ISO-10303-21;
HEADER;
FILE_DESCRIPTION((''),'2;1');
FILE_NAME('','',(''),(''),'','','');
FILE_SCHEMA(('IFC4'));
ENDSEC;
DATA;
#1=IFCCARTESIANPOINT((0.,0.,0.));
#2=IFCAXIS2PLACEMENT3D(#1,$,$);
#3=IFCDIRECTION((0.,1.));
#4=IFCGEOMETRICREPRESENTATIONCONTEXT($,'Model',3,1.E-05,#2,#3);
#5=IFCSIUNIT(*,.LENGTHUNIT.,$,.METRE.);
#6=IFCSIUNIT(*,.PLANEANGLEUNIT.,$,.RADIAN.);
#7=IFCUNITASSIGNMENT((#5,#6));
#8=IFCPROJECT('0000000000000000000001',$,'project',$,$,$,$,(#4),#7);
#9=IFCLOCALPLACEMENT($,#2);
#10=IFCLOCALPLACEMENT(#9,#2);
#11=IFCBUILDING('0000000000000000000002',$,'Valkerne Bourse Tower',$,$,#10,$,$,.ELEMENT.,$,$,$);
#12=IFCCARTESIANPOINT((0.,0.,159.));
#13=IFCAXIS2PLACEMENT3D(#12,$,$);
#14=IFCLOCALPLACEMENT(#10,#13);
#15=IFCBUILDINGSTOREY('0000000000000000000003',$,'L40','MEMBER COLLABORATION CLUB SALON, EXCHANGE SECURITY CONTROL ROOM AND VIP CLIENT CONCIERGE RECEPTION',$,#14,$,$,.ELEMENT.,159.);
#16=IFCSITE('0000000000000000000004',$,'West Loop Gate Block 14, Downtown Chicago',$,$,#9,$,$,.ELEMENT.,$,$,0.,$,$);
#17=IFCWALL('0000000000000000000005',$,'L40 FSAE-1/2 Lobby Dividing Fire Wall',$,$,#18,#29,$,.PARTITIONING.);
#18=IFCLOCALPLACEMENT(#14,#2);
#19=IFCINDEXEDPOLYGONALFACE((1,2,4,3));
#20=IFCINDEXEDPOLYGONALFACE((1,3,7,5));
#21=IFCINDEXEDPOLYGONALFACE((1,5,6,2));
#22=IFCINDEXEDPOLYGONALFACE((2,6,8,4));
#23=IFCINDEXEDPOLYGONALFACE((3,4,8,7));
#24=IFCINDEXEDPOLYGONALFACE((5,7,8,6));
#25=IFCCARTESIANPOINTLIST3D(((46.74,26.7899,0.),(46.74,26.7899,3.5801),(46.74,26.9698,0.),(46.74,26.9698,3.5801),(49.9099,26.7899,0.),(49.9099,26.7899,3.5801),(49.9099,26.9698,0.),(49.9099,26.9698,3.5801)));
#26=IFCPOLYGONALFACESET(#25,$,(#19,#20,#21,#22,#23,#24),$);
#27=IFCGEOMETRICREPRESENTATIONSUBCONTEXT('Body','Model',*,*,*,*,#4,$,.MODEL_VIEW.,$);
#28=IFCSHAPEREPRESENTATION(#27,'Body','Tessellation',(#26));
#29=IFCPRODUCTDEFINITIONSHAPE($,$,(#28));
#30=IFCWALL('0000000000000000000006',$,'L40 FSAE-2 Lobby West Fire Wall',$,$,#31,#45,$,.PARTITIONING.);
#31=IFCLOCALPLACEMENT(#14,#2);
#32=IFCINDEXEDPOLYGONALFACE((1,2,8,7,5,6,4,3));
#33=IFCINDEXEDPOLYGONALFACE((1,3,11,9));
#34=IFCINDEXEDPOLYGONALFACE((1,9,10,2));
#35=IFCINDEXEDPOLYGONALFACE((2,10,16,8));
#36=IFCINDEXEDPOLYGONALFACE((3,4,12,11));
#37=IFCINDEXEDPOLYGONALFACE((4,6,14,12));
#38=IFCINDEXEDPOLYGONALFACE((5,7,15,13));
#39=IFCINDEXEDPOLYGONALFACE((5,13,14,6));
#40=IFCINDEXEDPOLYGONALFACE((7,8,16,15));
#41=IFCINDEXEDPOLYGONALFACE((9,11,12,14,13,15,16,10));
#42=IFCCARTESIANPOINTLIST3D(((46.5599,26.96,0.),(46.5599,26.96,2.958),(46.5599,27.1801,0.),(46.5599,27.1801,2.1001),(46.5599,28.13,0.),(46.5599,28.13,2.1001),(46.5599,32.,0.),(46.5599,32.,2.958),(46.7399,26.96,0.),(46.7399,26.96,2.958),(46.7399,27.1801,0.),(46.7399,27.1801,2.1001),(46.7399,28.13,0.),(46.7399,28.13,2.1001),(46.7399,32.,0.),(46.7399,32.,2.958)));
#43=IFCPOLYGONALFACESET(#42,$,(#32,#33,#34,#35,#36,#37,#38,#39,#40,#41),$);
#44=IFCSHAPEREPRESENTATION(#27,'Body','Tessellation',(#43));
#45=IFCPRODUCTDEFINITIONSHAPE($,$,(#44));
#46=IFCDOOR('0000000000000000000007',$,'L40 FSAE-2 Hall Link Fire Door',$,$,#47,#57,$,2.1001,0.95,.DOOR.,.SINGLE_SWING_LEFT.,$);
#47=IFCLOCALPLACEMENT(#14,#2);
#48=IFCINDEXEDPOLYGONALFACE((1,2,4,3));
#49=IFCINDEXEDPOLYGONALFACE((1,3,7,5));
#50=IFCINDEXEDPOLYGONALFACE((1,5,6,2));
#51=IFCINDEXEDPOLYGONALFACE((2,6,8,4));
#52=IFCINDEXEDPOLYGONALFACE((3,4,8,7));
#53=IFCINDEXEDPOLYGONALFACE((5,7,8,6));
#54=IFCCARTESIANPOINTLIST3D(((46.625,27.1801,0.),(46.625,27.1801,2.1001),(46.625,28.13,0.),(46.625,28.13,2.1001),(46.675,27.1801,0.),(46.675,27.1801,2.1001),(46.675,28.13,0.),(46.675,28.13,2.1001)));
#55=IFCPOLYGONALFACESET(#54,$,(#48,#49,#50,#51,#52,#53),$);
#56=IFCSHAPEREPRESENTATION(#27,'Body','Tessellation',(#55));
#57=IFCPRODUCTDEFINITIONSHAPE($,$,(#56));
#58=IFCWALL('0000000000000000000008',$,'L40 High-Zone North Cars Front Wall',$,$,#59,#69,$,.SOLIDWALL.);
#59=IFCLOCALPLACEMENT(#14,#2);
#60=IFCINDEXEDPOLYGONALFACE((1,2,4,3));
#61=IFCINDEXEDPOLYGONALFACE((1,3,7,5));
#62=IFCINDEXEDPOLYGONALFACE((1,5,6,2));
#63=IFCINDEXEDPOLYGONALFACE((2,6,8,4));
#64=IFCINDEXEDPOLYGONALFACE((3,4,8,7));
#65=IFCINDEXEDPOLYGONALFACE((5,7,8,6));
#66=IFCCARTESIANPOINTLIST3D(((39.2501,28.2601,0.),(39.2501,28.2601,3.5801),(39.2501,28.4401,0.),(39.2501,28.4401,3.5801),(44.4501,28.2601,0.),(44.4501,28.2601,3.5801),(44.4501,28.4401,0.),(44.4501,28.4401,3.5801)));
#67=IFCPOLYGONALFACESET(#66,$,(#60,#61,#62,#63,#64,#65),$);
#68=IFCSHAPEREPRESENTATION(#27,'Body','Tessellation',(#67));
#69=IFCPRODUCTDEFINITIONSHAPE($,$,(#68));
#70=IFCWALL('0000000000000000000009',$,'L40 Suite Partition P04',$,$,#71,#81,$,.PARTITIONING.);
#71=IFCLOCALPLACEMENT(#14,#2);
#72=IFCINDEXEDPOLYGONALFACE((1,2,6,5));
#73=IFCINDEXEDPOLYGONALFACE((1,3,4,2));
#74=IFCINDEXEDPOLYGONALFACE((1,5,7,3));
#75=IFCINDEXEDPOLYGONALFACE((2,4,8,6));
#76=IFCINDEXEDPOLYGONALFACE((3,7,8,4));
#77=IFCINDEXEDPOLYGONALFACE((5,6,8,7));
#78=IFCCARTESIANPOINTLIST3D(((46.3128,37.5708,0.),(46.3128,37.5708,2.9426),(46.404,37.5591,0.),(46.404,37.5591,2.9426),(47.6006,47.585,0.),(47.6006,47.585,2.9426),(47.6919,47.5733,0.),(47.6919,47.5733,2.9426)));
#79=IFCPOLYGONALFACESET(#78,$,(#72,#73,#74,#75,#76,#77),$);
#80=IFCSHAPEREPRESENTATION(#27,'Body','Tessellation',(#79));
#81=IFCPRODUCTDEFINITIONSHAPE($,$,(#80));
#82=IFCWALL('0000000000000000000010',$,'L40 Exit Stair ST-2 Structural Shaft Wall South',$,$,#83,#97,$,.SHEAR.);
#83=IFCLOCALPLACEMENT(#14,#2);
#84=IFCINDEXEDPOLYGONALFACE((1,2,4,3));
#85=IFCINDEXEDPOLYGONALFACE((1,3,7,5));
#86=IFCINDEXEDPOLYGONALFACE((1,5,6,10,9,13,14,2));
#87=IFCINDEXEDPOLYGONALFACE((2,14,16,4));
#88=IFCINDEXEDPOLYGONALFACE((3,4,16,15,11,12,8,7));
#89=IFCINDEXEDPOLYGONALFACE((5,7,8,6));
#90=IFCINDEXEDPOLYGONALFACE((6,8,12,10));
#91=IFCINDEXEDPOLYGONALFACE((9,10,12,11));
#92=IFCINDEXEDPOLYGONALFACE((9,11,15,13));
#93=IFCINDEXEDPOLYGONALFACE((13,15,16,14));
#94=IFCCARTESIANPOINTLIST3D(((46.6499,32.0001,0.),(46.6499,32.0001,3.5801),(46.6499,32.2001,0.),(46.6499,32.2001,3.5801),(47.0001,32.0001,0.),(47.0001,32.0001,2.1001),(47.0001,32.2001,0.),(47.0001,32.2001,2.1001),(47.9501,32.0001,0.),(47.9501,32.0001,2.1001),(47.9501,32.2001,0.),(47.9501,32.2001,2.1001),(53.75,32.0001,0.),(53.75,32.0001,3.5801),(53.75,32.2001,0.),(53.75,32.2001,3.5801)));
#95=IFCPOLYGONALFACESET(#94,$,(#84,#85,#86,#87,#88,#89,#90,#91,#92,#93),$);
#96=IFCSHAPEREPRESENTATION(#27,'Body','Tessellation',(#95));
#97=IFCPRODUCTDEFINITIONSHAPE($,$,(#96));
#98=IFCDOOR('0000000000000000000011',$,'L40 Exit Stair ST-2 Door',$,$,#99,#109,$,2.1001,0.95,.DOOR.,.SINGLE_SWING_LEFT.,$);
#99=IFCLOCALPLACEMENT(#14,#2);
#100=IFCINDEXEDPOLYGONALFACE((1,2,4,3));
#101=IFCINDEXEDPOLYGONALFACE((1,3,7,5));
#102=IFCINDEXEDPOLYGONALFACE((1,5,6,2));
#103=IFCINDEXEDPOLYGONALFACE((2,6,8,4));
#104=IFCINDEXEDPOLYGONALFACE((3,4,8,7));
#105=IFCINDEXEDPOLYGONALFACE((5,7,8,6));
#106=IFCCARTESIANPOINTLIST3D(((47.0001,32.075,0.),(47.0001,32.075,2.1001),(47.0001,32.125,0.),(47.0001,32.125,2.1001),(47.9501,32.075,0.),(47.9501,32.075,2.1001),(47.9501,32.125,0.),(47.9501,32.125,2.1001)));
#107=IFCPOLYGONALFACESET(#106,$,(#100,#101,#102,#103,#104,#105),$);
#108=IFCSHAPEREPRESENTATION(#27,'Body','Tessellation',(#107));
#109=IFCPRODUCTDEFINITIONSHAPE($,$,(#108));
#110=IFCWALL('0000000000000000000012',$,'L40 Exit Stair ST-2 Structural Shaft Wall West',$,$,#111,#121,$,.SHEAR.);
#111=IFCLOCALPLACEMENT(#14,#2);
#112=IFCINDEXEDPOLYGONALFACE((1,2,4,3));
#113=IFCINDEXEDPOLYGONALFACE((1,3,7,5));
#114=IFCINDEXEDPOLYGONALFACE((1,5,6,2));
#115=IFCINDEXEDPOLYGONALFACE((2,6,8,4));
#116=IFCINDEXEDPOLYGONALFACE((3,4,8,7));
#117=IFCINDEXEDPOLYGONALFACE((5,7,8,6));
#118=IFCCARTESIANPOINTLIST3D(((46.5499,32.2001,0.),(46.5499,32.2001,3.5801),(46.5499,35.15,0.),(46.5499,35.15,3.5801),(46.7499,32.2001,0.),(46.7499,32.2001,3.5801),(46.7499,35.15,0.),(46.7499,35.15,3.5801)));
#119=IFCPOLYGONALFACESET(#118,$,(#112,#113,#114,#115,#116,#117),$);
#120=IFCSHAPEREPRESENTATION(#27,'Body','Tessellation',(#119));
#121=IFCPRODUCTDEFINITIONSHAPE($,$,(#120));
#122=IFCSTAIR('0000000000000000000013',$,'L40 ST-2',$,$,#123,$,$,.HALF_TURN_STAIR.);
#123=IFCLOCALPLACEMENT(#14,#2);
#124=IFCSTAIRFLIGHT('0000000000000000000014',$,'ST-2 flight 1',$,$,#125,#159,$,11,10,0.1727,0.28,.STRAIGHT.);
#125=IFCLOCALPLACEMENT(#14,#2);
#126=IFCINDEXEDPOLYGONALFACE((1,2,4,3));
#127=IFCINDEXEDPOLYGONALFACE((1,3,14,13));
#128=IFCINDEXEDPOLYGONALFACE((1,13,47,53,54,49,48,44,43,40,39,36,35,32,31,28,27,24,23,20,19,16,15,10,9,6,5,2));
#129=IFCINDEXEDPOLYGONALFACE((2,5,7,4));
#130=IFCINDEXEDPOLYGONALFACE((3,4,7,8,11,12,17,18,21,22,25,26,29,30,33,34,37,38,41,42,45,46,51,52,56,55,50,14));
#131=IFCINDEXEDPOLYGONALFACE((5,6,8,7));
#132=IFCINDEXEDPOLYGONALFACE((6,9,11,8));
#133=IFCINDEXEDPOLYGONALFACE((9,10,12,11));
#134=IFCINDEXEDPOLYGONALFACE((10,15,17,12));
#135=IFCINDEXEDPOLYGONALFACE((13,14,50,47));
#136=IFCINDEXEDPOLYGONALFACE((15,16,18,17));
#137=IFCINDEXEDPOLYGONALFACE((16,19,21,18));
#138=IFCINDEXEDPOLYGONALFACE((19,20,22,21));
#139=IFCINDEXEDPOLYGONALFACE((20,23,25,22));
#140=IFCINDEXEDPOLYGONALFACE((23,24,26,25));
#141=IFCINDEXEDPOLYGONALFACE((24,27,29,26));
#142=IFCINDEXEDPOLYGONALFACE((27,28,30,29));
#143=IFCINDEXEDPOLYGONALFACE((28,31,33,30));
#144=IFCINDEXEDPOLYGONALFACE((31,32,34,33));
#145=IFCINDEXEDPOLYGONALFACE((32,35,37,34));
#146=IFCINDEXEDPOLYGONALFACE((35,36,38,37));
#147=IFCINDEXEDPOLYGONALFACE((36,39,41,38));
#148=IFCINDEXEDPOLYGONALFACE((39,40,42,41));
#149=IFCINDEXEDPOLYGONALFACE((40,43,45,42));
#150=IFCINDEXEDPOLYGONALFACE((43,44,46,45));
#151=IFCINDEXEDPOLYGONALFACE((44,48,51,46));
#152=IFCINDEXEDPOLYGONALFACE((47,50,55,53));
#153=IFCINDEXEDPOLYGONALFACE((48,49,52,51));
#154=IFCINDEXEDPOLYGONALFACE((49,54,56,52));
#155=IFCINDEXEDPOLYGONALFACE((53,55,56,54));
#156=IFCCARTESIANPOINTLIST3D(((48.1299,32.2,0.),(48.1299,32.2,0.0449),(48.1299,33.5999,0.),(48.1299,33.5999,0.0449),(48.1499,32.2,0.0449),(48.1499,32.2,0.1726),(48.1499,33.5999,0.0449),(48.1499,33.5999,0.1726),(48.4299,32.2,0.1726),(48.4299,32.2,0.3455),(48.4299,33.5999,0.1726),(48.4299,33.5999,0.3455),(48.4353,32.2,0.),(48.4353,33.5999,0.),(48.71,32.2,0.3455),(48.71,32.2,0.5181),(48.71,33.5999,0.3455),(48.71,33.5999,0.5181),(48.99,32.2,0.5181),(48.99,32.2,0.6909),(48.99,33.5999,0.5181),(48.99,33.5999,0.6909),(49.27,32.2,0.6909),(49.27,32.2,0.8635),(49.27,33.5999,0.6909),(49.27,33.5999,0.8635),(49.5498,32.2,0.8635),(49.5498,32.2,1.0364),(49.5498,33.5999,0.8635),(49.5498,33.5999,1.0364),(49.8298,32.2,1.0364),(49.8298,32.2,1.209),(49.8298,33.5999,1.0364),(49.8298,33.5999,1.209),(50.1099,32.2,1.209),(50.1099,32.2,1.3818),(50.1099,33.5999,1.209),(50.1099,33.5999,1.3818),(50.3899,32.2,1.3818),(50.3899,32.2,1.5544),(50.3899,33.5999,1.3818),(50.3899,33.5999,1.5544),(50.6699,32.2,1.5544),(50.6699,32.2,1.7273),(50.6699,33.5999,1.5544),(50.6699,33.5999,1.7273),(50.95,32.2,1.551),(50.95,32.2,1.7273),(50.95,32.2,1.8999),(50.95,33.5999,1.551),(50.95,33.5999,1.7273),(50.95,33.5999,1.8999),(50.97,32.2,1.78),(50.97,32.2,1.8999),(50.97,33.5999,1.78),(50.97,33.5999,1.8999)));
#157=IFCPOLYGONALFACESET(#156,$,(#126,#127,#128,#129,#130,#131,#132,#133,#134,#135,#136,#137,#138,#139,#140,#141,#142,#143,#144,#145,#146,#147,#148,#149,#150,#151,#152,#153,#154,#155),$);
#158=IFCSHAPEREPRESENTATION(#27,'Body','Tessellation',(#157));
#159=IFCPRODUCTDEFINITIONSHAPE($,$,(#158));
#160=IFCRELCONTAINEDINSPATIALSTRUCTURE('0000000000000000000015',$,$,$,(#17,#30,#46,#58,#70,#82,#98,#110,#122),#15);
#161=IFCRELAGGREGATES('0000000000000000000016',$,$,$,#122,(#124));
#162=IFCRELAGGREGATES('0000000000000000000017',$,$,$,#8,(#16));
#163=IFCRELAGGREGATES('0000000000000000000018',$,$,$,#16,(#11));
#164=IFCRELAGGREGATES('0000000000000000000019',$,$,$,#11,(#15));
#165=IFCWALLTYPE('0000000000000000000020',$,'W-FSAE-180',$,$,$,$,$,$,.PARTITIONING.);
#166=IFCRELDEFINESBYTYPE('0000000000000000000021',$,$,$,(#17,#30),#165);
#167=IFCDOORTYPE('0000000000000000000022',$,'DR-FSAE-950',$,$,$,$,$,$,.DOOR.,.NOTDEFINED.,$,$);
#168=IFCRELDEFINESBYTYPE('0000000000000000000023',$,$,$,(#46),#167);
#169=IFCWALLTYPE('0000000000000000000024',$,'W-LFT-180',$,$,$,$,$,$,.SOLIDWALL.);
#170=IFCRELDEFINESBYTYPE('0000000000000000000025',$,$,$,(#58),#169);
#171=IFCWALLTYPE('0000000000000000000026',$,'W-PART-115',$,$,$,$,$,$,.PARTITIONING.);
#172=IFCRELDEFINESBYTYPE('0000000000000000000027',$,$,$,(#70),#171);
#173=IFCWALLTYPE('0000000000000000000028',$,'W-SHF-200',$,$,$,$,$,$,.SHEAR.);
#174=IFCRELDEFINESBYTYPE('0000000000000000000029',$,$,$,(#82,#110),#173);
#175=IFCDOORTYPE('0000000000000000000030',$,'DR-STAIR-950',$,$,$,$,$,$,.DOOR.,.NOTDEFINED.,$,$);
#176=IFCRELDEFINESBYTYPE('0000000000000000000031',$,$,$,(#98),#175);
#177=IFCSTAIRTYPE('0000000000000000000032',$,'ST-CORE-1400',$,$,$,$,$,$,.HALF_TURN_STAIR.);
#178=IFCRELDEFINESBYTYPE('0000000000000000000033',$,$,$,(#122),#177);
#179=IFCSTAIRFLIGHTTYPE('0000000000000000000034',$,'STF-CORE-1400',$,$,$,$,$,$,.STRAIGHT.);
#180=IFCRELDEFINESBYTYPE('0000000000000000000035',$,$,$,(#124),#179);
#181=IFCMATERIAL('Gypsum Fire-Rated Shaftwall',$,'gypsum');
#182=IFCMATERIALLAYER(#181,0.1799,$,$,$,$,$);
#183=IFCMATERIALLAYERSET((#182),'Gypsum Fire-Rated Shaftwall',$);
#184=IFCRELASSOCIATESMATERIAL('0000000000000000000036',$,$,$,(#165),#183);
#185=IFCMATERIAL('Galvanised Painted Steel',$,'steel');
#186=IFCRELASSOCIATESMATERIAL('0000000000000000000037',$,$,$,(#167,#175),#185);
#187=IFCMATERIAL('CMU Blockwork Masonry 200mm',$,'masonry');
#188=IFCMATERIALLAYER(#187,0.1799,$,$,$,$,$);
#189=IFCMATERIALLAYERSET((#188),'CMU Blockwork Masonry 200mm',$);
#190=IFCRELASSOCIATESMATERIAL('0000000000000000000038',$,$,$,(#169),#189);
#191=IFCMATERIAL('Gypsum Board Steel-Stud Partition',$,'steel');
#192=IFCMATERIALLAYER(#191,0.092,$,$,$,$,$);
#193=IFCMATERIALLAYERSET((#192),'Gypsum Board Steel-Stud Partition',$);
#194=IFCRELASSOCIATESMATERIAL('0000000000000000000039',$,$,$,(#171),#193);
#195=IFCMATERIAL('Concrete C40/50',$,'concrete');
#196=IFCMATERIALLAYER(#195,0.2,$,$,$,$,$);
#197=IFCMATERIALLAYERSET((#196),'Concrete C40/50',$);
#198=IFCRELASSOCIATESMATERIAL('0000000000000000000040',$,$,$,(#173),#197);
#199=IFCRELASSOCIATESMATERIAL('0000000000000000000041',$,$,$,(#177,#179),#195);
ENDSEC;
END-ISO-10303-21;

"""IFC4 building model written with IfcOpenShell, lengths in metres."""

from ifc_helpers import new_model, si_unit, direction, frame, frame_2d, origin, place, context, subcontext, project, spatial, polyline, rectangle, outline, extrude, material, layer, layer_set, type_object, element, fill, aggregate, save


model = new_model("IFC4")

# Units and contexts
model_context = context("Model", 3, precision=1e-05, world=origin(), true_north=direction((0.0, 1.0)))
body_context = subcontext(model_context, "Body", "Model", "MODEL_VIEW")
ifc_project = project(units=[si_unit("LENGTHUNIT", "METRE"), si_unit("PLANEANGLEUNIT", "RADIAN")], contexts=[model_context])

# Site, building, storey
site_placement = place(None, origin())
site = spatial("IfcSite", under=ifc_project, at=site_placement, Name="West Loop Gate Block 14, Downtown Chicago", CompositionType="ELEMENT", RefElevation=0.0)
building_placement = place(site_placement, origin())
building = spatial("IfcBuilding", under=site, at=building_placement, Name="Valkerne Bourse Tower", CompositionType="ELEMENT")
storey_placement = place(building_placement, frame((0.0, 0.0, 159.0)))
storey = spatial("IfcBuildingStorey", under=building, at=storey_placement, Name="L40", Description="MEMBER COLLABORATION CLUB SALON, EXCHANGE SECURITY CONTROL ROOM AND VIP CLIENT CONCIERGE RECEPTION", CompositionType="ELEMENT", Elevation=159.0)

# Wall
ifc_material_1 = material(Name="Gypsum Fire-Rated Shaftwall", Category="gypsum")
ifc_layer_1 = layer(ifc_material_1, 0.1799)
ifc_layer_set_1 = layer_set([ifc_layer_1], Name="Gypsum Fire-Rated Shaftwall")
wall_type_1 = type_object("IfcWallType", Name="W-FSAE-180", PredefinedType="PARTITIONING", material=ifc_layer_set_1)
wall_1_placement = place(storey_placement, frame((46.74, 26.8799, 0.0), z_axis=(0.0, 0.0, 1.0), x_axis=(1.0, 0.0, 0.0)))
element("IfcWall", 1, at=wall_1_placement, inside=storey, type_object=wall_type_1, Name="L40 FSAE-1/2 Lobby Dividing Fire Wall", PredefinedType="PARTITIONING", context=body_context, shape_type="SweptSolid", body=[
    extrude(rectangle(XDim=3.1699, YDim=0.1799, at=frame_2d((1.585, 0.0))), origin(), (0.0, 0.0, 1.0), 3.5801),
])

# Wall, opening, door
wall_2_placement = place(storey_placement, frame((46.6499, 26.96, 0.0), z_axis=(0.0, 0.0, 1.0), x_axis=(0.0, 1.0, 0.0)))
wall_2 = element("IfcWall", 2, at=wall_2_placement, inside=storey, type_object=wall_type_1, Name="L40 FSAE-2 Lobby West Fire Wall", PredefinedType="PARTITIONING", context=body_context, shape_type="SweptSolid", body=[
    extrude(rectangle(XDim=5.04, YDim=0.1799, at=frame_2d((2.52, 0.0))), origin(), (0.0, 0.0, 1.0), 2.958),
])
opening_1_placement = place(wall_2_placement, frame((0.22, 0.0, 0.0)))
opening_1 = element("IfcOpeningElement", 3, at=opening_1_placement, cuts=wall_2, PredefinedType="OPENING", context=body_context, shape_type="SweptSolid", body=[
    extrude(rectangle(XDim=0.95, YDim=2.1001, at=frame_2d((0.4751, 1.05))), frame((0.0, 0.0999, 0.0), z_axis=(0.0, -1.0, 0.0), x_axis=(1.0, 0.0, 0.0)), (0.0, 0.0, 1.0), 0.2),
])
ifc_material_2 = material(Name="Galvanised Painted Steel", Category="steel")
door_type_1 = type_object("IfcDoorType", Name="DR-FSAE-950", OperationType="NOTDEFINED", PredefinedType="DOOR", material=ifc_material_2)
door_1_placement = place(opening_1_placement, origin())
door_1 = element("IfcDoor", 4, at=door_1_placement, inside=storey, type_object=door_type_1, Name="L40 FSAE-2 Hall Link Fire Door", OperationType="SINGLE_SWING_LEFT", OverallHeight=2.1001, OverallWidth=0.95, PredefinedType="DOOR", context=body_context, shape_type="SweptSolid", body=[
    extrude(rectangle(XDim=0.95, YDim=2.1001, at=frame_2d((0.4751, 1.05))), frame((0.0, 0.0249, 0.0), z_axis=(0.0, -1.0, 0.0), x_axis=(1.0, 0.0, 0.0)), (0.0, 0.0, 1.0), 0.05),
])
fill(opening_1, door_1)

# Shared definitions
ifc_material_3 = material(Name="CMU Blockwork Masonry 200mm", Category="masonry")
ifc_layer_2 = layer(ifc_material_3, 0.1799)
ifc_layer_set_2 = layer_set([ifc_layer_2], Name="CMU Blockwork Masonry 200mm")
wall_type_2 = type_object("IfcWallType", Name="W-LFT-180", PredefinedType="SOLIDWALL", material=ifc_layer_set_2)

# Walls
wall_3_placement = place(storey_placement, frame((39.25, 28.3501, 0.0), z_axis=(0.0, 0.0, 1.0), x_axis=(1.0, 0.0, 0.0)))
element("IfcWall", 5, at=wall_3_placement, inside=storey, type_object=wall_type_2, Name="L40 High-Zone North Cars Front Wall", PredefinedType="SOLIDWALL", context=body_context, shape_type="SweptSolid", body=[
    extrude(rectangle(XDim=5.2, YDim=0.1799, at=frame_2d((2.6001, 0.0))), origin(), (0.0, 0.0, 1.0), 3.5801),
])
ifc_material_4 = material(Name="Gypsum Board Steel-Stud Partition", Category="steel")
ifc_layer_3 = layer(ifc_material_4, 0.092)
ifc_layer_set_3 = layer_set([ifc_layer_3], Name="Gypsum Board Steel-Stud Partition")
wall_type_3 = type_object("IfcWallType", Name="W-PART-115", PredefinedType="PARTITIONING", material=ifc_layer_set_3)
wall_4_placement = place(storey_placement, frame((46.3584, 37.5649, 0.0), z_axis=(0.0, 0.0, 1.0), x_axis=(0.127552, 0.991832, 0.0)))
element("IfcWall", 6, at=wall_4_placement, inside=storey, type_object=wall_type_3, Name="L40 Suite Partition P04", PredefinedType="PARTITIONING", context=body_context, shape_type="SweptSolid", body=[
    extrude(rectangle(XDim=10.0967, YDim=0.092, at=frame_2d((5.0483, 0.0))), origin(), (0.0, 0.0, 1.0), 2.9426),
])

# Wall, opening, door
ifc_material_5 = material(Name="Concrete C40/50", Category="concrete")
ifc_layer_4 = layer(ifc_material_5, 0.2)
ifc_layer_set_4 = layer_set([ifc_layer_4], Name="Concrete C40/50")
wall_type_4 = type_object("IfcWallType", Name="W-SHF-200", PredefinedType="SHEAR", material=ifc_layer_set_4)
wall_5_placement = place(storey_placement, frame((46.6499, 32.1001, 0.0), z_axis=(0.0, 0.0, 1.0), x_axis=(1.0, 0.0, 0.0)))
wall_5 = element("IfcWall", 7, at=wall_5_placement, inside=storey, type_object=wall_type_4, Name="L40 Exit Stair ST-2 Structural Shaft Wall South", PredefinedType="SHEAR", context=body_context, shape_type="SweptSolid", body=[
    extrude(rectangle(XDim=7.1001, YDim=0.2, at=frame_2d((3.55, 0.0))), origin(), (0.0, 0.0, 1.0), 3.5801),
])
opening_2_placement = place(wall_5_placement, frame((0.3501, 0.0, 0.0)))
opening_2 = element("IfcOpeningElement", 8, at=opening_2_placement, cuts=wall_5, PredefinedType="OPENING", context=body_context, shape_type="SweptSolid", body=[
    extrude(rectangle(XDim=0.95, YDim=2.1001, at=frame_2d((0.4751, 1.05))), frame((0.0, 0.1099, 0.0), z_axis=(0.0, -1.0, 0.0), x_axis=(1.0, 0.0, 0.0)), (0.0, 0.0, 1.0), 0.22),
])
door_type_2 = type_object("IfcDoorType", Name="DR-STAIR-950", OperationType="NOTDEFINED", PredefinedType="DOOR", material=ifc_material_2)
door_2_placement = place(opening_2_placement, origin())
door_2 = element("IfcDoor", 9, at=door_2_placement, inside=storey, type_object=door_type_2, Name="L40 Exit Stair ST-2 Door", OperationType="SINGLE_SWING_LEFT", OverallHeight=2.1001, OverallWidth=0.95, PredefinedType="DOOR", context=body_context, shape_type="SweptSolid", body=[
    extrude(rectangle(XDim=0.95, YDim=2.1001, at=frame_2d((0.4751, 1.05))), frame((0.0, 0.0249, 0.0), z_axis=(0.0, -1.0, 0.0), x_axis=(1.0, 0.0, 0.0)), (0.0, 0.0, 1.0), 0.05),
])
fill(opening_2, door_2)

# Wall
wall_6_placement = place(storey_placement, frame((46.6499, 32.2, 0.0), z_axis=(0.0, 0.0, 1.0), x_axis=(0.0, 1.0, 0.0)))
element("IfcWall", 10, at=wall_6_placement, inside=storey, type_object=wall_type_4, Name="L40 Exit Stair ST-2 Structural Shaft Wall West", PredefinedType="SHEAR", context=body_context, shape_type="SweptSolid", body=[
    extrude(rectangle(XDim=2.95, YDim=0.2, at=frame_2d((1.4751, 0.0))), origin(), (0.0, 0.0, 1.0), 3.5801),
])

# Stair, stair flight
stair_type = type_object("IfcStairType", Name="ST-CORE-1400", PredefinedType="HALF_TURN_STAIR", material=ifc_material_5)
stair_placement = place(storey_placement, origin())
stair = element("IfcStair", 11, at=stair_placement, inside=storey, type_object=stair_type, Name="L40 ST-2", PredefinedType="HALF_TURN_STAIR")
stair_flight_type = type_object("IfcStairFlightType", Name="STF-CORE-1400", PredefinedType="STRAIGHT", material=ifc_material_5)
stair_flight_placement = place(storey_placement, frame((48.1499, 32.8999, 0.0), z_axis=(0.0, 0.0, 1.0), x_axis=(1.0, 0.0, 0.0)))
stair_flight = element("IfcStairFlight", 12, at=stair_flight_placement, type_object=stair_flight_type, Name="ST-2 flight 1", NumberOfRisers=11, NumberOfTreads=10, PredefinedType="STRAIGHT", RiserHeight=0.1727, TreadLength=0.28, context=body_context, shape_type="SweptSolid", body=[
    extrude(outline(polyline([(-0.02, 0.0), (-0.02, 0.0449), (0.0, 0.0449), (0.0, 0.1726), (0.28, 0.1726), (0.28, 0.3455), (0.5601, 0.3455), (0.5601, 0.5181), (0.8401, 0.5181), (0.8401, 0.6909), (1.1201, 0.6909), (1.1201, 0.8635), (1.3999, 0.8635), (1.3999, 1.0364), (1.6799, 1.0364), (1.6799, 1.209), (1.96, 1.209), (1.96, 1.3818), (2.24, 1.3818), (2.24, 1.5544), (2.52, 1.5544), (2.52, 1.7273), (2.8, 1.7273), (2.8, 1.8999), (2.8201, 1.8999), (2.8201, 1.78), (2.8, 1.551), (0.2854, 0.0), (-0.02, 0.0)])), frame((0.0, 0.7, 0.0), z_axis=(0.0, -1.0, 0.0), x_axis=(1.0, 0.0, 0.0)), (0.0, 0.0, 1.0), 1.3999),
])
aggregate(stair, [stair_flight])

save(model, "model.ifc")
